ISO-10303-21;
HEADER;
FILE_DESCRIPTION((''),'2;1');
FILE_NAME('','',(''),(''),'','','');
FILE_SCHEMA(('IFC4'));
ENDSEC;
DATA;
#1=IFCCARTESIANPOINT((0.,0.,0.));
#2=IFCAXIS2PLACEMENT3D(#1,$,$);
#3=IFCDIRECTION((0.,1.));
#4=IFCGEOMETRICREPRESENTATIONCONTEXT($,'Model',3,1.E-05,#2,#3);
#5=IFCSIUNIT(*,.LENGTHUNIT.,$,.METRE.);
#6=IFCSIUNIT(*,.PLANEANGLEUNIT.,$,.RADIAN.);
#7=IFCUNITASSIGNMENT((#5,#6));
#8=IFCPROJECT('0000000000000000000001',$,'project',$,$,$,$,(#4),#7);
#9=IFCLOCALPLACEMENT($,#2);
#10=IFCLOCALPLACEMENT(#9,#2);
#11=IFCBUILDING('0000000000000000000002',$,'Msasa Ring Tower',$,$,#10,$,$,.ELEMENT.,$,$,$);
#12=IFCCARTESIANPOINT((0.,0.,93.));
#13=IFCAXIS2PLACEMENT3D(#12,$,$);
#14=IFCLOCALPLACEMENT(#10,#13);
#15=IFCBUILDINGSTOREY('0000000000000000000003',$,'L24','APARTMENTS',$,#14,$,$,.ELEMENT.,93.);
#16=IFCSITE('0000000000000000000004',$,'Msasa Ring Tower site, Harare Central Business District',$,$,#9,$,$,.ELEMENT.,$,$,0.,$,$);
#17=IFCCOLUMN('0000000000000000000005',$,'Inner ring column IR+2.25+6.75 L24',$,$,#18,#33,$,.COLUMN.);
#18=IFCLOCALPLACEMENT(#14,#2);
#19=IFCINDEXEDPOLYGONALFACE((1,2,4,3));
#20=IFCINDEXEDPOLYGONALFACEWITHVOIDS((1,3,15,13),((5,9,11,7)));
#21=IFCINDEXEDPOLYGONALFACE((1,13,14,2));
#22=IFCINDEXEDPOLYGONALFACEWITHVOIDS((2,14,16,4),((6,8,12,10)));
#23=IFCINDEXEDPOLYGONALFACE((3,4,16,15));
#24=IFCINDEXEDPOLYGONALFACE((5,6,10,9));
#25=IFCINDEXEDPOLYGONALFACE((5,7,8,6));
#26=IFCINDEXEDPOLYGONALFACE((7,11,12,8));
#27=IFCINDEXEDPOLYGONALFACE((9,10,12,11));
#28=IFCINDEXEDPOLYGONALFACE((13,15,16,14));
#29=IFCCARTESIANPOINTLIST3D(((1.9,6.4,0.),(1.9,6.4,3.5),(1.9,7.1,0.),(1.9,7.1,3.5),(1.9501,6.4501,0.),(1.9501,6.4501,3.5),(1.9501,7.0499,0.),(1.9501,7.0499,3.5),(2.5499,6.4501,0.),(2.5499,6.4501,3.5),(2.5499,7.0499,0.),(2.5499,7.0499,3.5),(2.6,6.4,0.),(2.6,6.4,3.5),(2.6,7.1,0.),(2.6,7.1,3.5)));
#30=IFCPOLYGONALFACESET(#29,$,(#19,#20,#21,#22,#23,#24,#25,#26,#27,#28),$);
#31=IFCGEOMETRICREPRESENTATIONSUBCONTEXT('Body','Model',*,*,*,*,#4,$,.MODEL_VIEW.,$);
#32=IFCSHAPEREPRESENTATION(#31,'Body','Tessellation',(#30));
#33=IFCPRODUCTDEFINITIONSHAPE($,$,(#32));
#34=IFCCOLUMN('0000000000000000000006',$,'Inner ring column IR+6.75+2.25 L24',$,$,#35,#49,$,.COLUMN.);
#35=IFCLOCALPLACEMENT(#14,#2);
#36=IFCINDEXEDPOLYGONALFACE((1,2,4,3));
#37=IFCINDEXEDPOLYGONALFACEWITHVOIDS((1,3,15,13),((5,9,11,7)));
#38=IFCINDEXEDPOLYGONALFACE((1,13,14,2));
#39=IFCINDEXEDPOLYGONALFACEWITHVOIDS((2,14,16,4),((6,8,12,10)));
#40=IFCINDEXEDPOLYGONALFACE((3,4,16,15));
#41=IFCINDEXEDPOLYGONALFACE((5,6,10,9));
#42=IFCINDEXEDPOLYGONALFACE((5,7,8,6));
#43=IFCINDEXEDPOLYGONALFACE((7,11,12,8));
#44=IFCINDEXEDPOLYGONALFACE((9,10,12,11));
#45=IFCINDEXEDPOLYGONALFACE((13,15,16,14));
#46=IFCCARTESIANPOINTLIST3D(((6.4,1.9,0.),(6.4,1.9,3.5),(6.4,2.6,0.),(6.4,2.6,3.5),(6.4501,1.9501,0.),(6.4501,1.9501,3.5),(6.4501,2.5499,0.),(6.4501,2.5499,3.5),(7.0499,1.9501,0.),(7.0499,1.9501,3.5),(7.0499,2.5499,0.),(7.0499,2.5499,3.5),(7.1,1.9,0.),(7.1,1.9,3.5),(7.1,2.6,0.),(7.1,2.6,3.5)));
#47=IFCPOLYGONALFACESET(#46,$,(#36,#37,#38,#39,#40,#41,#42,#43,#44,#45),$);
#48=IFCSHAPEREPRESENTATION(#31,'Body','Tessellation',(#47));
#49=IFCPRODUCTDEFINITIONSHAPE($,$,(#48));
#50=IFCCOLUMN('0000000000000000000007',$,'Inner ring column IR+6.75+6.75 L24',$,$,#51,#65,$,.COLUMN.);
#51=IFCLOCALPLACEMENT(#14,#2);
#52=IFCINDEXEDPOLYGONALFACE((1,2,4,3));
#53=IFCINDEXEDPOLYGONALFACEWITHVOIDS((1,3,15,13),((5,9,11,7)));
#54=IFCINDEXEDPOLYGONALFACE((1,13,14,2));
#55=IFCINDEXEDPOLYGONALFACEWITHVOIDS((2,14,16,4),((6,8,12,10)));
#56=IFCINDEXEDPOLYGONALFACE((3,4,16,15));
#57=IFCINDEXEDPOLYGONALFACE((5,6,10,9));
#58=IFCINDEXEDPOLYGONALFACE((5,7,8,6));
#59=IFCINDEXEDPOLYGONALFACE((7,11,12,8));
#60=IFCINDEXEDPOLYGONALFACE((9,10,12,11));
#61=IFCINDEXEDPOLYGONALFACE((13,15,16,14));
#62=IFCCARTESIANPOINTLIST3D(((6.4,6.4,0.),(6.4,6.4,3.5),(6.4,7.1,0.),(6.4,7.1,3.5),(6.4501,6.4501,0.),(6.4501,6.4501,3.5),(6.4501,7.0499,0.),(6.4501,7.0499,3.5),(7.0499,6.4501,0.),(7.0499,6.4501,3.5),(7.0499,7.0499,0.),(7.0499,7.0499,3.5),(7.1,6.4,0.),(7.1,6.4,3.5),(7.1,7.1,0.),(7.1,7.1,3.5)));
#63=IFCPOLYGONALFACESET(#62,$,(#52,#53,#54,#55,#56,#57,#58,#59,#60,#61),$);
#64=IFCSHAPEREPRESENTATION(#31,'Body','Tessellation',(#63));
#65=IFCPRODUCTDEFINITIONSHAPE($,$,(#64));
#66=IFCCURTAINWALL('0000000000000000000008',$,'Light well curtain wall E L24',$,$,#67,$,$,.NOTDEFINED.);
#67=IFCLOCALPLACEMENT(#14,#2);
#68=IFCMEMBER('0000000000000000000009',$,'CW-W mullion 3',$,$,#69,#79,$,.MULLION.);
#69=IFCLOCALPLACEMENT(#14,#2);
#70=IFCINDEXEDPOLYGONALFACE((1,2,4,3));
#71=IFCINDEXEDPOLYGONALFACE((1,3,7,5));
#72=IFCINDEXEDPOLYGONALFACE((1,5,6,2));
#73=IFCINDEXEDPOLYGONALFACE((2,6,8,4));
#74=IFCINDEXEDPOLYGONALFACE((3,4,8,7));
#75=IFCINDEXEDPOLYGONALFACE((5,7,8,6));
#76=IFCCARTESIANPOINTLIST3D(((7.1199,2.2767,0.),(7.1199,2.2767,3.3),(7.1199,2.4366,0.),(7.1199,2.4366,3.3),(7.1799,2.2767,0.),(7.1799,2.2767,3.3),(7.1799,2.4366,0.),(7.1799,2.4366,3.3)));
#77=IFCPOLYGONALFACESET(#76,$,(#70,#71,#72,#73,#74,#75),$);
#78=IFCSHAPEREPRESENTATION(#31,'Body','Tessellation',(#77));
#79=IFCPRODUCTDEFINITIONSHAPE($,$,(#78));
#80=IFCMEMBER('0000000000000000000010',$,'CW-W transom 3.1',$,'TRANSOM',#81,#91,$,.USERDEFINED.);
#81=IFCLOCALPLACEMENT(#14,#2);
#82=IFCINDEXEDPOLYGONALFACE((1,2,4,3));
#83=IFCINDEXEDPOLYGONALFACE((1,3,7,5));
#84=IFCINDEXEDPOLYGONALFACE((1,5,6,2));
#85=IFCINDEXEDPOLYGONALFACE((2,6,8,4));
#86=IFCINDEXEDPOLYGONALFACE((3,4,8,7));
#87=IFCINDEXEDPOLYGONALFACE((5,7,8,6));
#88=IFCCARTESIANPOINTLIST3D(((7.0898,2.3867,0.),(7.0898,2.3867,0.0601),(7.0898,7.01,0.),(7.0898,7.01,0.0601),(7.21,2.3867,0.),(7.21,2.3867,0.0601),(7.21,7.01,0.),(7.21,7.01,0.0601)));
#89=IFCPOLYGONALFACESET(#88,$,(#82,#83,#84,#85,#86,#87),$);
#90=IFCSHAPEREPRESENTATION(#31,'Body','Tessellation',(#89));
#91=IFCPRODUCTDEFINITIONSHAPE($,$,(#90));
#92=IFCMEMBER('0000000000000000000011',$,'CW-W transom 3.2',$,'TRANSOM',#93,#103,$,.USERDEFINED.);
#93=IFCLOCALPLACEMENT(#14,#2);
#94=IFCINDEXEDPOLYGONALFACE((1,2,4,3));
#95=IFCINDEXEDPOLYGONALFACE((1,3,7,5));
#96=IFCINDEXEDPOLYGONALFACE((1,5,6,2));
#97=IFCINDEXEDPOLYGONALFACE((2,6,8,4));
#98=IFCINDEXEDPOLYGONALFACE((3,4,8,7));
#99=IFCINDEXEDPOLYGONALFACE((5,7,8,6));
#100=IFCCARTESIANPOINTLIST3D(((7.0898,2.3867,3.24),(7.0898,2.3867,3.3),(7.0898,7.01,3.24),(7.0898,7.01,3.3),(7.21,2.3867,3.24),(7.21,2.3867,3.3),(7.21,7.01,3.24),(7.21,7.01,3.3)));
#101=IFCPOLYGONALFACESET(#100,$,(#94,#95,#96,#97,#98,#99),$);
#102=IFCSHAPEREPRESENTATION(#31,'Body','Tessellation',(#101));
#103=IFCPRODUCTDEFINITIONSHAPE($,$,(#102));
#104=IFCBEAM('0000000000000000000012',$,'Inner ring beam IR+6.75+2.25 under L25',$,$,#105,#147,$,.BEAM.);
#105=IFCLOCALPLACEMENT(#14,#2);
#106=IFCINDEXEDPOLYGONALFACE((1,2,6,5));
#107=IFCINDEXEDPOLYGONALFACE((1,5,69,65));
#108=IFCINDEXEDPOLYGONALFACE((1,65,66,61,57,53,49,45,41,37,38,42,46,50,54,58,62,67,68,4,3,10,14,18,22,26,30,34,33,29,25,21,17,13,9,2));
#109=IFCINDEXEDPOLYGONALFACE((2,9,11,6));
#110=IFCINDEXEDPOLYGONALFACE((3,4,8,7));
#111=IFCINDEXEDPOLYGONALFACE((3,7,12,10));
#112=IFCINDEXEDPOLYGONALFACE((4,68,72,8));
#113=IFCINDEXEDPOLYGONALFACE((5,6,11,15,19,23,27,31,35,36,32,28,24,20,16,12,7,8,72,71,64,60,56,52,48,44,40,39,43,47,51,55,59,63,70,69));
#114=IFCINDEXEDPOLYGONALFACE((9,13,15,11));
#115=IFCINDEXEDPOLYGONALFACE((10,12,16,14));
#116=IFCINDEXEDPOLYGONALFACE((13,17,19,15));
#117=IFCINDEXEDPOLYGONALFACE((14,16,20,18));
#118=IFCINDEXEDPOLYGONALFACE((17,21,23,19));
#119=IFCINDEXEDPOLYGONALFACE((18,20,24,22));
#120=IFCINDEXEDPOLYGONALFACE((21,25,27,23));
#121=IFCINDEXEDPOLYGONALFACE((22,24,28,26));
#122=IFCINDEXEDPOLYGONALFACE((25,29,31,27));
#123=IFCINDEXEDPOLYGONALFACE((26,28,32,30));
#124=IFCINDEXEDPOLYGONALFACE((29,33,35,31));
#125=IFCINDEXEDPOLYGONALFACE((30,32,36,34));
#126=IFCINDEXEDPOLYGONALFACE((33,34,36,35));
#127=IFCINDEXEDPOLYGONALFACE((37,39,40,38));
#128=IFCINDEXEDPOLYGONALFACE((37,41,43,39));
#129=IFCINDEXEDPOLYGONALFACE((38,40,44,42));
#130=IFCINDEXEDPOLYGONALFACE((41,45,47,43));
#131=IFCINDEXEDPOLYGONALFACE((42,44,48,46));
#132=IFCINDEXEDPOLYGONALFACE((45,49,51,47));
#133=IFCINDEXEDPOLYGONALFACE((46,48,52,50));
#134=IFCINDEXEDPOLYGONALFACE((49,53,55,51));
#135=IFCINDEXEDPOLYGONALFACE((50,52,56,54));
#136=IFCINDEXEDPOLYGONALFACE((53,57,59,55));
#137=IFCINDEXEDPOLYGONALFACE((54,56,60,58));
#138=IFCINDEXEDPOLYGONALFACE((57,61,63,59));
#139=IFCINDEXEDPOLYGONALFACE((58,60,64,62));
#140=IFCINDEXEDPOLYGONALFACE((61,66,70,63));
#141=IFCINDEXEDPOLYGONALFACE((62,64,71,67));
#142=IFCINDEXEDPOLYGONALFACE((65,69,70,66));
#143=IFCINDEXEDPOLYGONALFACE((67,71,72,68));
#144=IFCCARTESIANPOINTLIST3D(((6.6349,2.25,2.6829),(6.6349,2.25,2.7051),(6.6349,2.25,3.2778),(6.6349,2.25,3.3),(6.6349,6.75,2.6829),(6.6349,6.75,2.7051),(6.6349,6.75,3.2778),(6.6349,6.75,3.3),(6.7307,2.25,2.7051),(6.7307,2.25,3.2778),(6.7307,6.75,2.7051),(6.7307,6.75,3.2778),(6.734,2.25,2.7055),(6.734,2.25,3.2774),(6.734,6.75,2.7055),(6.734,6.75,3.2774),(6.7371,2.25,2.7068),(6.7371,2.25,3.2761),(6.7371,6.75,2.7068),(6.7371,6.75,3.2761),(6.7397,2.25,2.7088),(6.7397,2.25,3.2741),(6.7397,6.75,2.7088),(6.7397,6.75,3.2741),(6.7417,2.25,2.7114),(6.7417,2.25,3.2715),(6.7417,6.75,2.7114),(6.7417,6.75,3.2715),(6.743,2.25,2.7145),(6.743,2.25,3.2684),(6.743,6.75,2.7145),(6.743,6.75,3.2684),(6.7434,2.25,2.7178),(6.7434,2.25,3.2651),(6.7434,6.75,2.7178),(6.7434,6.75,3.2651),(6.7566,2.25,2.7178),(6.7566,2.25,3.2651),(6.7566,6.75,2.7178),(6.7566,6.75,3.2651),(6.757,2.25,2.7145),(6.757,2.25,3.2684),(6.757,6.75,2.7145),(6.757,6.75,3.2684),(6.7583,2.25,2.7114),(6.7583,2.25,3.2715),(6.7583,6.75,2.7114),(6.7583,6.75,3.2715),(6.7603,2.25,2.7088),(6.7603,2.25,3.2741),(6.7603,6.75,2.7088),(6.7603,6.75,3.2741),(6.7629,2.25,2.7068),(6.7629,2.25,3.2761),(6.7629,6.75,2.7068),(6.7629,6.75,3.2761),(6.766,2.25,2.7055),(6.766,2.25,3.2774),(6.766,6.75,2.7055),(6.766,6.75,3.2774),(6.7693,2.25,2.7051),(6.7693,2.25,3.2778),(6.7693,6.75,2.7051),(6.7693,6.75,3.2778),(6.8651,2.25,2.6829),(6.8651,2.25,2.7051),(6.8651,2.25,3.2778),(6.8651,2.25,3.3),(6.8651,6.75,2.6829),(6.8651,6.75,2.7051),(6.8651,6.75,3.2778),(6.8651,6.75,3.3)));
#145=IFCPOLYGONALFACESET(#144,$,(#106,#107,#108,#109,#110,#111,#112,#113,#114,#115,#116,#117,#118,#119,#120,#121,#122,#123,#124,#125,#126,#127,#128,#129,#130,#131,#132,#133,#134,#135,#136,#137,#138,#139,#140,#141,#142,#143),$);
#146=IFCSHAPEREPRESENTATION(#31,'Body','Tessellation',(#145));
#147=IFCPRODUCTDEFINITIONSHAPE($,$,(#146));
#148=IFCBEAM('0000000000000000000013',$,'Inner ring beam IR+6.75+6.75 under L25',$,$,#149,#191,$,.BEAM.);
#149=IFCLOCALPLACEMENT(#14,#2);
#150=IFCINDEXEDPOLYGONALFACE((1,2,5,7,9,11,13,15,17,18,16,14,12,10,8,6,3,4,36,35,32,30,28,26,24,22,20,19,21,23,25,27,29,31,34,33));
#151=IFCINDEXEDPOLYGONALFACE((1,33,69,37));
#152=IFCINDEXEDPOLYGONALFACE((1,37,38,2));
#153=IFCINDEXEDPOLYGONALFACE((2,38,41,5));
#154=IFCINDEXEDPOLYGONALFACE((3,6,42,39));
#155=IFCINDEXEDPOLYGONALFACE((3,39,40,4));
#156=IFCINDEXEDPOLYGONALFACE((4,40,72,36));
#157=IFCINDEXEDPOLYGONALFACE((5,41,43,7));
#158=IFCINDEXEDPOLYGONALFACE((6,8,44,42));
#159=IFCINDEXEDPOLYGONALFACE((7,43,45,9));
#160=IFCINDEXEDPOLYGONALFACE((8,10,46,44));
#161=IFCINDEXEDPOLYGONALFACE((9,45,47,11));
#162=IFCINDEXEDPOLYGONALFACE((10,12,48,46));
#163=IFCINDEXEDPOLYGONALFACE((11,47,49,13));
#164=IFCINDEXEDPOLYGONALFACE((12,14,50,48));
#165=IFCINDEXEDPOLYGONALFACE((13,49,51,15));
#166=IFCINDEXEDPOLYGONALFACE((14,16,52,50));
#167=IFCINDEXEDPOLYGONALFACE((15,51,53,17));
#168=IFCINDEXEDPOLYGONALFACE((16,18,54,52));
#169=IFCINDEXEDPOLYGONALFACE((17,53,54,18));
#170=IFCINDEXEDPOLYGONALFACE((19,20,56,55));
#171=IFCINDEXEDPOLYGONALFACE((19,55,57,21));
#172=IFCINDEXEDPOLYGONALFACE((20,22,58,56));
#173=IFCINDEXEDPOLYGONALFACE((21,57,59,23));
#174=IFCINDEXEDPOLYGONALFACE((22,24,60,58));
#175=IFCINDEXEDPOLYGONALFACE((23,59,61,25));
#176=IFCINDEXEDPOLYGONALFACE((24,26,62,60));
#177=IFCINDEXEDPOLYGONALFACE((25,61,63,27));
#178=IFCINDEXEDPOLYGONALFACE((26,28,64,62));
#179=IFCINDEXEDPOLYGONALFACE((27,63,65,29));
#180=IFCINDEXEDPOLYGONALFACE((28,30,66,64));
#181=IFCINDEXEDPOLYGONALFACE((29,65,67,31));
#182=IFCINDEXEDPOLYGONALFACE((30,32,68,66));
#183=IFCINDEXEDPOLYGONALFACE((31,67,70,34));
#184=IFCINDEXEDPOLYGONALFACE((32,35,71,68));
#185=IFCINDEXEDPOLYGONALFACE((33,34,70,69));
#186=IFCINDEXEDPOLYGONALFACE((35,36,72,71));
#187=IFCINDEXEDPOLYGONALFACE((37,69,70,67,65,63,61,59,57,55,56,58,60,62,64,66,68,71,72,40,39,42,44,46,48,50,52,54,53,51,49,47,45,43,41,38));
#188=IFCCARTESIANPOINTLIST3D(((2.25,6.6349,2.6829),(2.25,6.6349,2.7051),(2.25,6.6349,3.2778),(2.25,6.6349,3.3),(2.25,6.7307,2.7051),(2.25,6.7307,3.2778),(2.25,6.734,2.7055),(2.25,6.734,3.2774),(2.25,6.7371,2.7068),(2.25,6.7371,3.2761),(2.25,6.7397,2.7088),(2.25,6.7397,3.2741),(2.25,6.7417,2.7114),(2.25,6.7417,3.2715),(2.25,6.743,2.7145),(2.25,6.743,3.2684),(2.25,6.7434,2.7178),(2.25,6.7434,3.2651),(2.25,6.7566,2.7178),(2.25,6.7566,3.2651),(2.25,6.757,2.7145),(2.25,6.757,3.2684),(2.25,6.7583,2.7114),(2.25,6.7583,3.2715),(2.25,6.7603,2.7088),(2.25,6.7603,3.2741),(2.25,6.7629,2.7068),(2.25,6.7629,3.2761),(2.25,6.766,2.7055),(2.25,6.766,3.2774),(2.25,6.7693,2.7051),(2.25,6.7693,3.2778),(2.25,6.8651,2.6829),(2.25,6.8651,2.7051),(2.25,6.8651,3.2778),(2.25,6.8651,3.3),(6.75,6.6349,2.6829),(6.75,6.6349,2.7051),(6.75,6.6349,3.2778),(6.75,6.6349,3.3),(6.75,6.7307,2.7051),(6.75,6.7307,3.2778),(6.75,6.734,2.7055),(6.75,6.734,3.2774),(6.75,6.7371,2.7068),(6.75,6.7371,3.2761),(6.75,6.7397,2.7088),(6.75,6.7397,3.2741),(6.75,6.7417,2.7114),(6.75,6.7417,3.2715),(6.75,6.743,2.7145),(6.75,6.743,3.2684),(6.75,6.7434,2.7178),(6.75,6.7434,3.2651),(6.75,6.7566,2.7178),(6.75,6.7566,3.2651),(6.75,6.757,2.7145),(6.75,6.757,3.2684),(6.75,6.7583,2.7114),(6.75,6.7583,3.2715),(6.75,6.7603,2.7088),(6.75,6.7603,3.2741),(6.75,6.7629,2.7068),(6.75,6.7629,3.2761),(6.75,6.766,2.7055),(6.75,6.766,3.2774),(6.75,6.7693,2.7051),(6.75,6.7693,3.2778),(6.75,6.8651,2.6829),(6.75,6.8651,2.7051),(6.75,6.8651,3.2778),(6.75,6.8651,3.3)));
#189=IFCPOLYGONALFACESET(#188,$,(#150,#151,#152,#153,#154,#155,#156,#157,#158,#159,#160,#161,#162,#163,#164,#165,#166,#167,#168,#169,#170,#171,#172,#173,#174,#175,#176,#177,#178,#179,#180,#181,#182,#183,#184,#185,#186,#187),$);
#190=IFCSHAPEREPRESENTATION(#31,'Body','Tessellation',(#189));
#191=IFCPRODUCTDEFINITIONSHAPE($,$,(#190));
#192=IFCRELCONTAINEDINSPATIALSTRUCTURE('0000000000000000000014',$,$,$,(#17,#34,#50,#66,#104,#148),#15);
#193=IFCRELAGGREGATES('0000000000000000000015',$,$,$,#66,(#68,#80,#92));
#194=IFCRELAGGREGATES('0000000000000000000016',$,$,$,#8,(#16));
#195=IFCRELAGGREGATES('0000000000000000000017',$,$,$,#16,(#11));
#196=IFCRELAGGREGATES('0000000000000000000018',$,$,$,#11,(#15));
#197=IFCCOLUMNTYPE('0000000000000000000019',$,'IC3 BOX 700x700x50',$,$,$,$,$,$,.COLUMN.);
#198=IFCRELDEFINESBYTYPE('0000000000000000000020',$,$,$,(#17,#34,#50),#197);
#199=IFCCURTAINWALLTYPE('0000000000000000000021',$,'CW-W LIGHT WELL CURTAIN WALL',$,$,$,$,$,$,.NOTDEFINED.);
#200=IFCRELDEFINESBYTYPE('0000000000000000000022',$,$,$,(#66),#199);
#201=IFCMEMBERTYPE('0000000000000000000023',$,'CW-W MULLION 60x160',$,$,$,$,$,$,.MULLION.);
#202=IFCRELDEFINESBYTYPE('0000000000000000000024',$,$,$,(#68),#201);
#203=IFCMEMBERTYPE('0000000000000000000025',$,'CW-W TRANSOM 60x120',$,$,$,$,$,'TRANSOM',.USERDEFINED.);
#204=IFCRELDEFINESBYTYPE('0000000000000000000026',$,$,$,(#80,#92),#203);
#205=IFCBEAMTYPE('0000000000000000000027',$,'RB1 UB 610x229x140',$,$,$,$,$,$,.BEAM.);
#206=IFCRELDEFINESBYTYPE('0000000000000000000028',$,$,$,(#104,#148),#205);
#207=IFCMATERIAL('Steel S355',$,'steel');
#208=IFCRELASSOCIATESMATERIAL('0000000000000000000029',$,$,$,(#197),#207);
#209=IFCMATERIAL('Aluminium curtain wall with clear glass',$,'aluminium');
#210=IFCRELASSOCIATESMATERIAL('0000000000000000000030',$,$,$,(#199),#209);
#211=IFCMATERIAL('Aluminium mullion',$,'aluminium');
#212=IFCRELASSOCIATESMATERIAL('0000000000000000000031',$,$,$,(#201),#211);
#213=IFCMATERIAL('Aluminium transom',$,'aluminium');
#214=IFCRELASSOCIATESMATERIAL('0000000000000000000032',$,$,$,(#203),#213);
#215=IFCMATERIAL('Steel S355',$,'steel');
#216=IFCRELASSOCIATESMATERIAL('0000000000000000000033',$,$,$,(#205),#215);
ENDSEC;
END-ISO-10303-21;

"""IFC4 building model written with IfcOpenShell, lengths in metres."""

from ifc_helpers import new_model, si_unit, direction, frame, origin, origin_2d, place, context, subcontext, project, spatial, rectangle, hollow_rectangle, i_section, extrude, material, material_profile, profile_set, type_object, element, aggregate, save


model = new_model("IFC4")

# Units and contexts
model_context = context("Model", 3, precision=1e-05, world=origin(), true_north=direction((0.0, 1.0)))
body_context = subcontext(model_context, "Body", "Model", "MODEL_VIEW")
ifc_project = project(units=[si_unit("LENGTHUNIT", "METRE"), si_unit("PLANEANGLEUNIT", "RADIAN")], contexts=[model_context])

# Site, building, storey
site_placement = place(None, origin())
site = spatial("IfcSite", under=ifc_project, at=site_placement, Name="Msasa Ring Tower site, Harare Central Business District", CompositionType="ELEMENT", RefElevation=0.0)
building_placement = place(site_placement, origin())
building = spatial("IfcBuilding", under=site, at=building_placement, Name="Msasa Ring Tower", CompositionType="ELEMENT")
storey_placement = place(building_placement, frame((0.0, 0.0, 93.0)))
storey = spatial("IfcBuildingStorey", under=building, at=storey_placement, Name="L24", Description="APARTMENTS", CompositionType="ELEMENT", Elevation=93.0)

# Columns
ifc_material_1 = material(Name="Steel S355", Category="steel")
ifc_material_profile_1 = material_profile(ifc_material_1, hollow_rectangle(XDim=0.7, YDim=0.7, WallThickness=0.05, at=origin_2d()), Name="BOX 700x700x50")
ifc_profile_set_1 = profile_set([ifc_material_profile_1], Name="Steel S355")
column_type = type_object("IfcColumnType", Name="IC3 BOX 700x700x50", PredefinedType="COLUMN", material=ifc_profile_set_1)
for number, where, z_axis, x_axis, name in (
    (1, (2.25, 6.75, 0.0), (0.0, 0.0, 1.0), (1.0, 0.0, 0.0), "Inner ring column IR+2.25+6.75 L24"),
    (2, (6.75, 2.25, 0.0), (0.0, 0.0, 1.0), (1.0, 0.0, 0.0), "Inner ring column IR+6.75+2.25 L24"),
    (3, (6.75, 6.75, 0.0), (0.0, 0.0, 1.0), (1.0, 0.0, 0.0), "Inner ring column IR+6.75+6.75 L24"),
):
    element("IfcColumn", number, at=place(storey_placement, frame(where, z_axis=z_axis, x_axis=x_axis)), inside=storey, type_object=column_type, Name=name, PredefinedType="COLUMN", context=body_context, shape_type="SweptSolid", body=[
        extrude(hollow_rectangle(XDim=0.7, YDim=0.7, WallThickness=0.05, at=origin_2d()), origin(), (0.0, 0.0, 1.0), 3.5),
    ])

# Curtain wall, members
ifc_material_2 = material(Name="Aluminium curtain wall with clear glass", Category="aluminium")
curtain_wall_type = type_object("IfcCurtainWallType", Name="CW-W LIGHT WELL CURTAIN WALL", PredefinedType="NOTDEFINED", material=ifc_material_2)
curtain_wall_placement = place(storey_placement, origin())
curtain_wall = element("IfcCurtainWall", 4, at=curtain_wall_placement, inside=storey, type_object=curtain_wall_type, Name="Light well curtain wall E L24", PredefinedType="NOTDEFINED")
ifc_material_3 = material(Name="Aluminium mullion", Category="aluminium")
ifc_material_profile_2 = material_profile(ifc_material_3, rectangle(XDim=0.0601, YDim=0.1599, at=origin_2d()), Name="AL 60x160")
ifc_profile_set_2 = profile_set([ifc_material_profile_2], Name="Aluminium mullion")
member_type_1 = type_object("IfcMemberType", Name="CW-W MULLION 60x160", PredefinedType="MULLION", material=ifc_profile_set_2)
member_1_placement = place(storey_placement, frame((7.1499, 2.3567, 0.0), z_axis=(0.0, 0.0, 1.0), x_axis=(-1.0, 0.0, 0.0)))
member_1 = element("IfcMember", 5, at=member_1_placement, type_object=member_type_1, Name="CW-W mullion 3", PredefinedType="MULLION", context=body_context, shape_type="SweptSolid", body=[
    extrude(rectangle(XDim=0.0601, YDim=0.1599, at=origin_2d()), origin(), (0.0, 0.0, 1.0), 3.3),
])
ifc_material_4 = material(Name="Aluminium transom", Category="aluminium")
ifc_material_profile_3 = material_profile(ifc_material_4, rectangle(XDim=0.1201, YDim=0.0601, at=origin_2d()), Name="AL 60x120")
ifc_profile_set_3 = profile_set([ifc_material_profile_3], Name="Aluminium transom")
member_type_2 = type_object("IfcMemberType", Name="CW-W TRANSOM 60x120", ElementType="TRANSOM", PredefinedType="USERDEFINED", material=ifc_profile_set_3)
member_2_placement = place(storey_placement, frame((7.1499, 2.3867, 0.03), z_axis=(0.0, 1.0, 0.0), x_axis=(-1.0, 0.0, 0.0)))
member_2 = element("IfcMember", 6, at=member_2_placement, type_object=member_type_2, Name="CW-W transom 3.1", ObjectType="TRANSOM", PredefinedType="USERDEFINED", context=body_context, shape_type="SweptSolid", body=[
    extrude(rectangle(XDim=0.1201, YDim=0.0601, at=origin_2d()), origin(), (0.0, 0.0, 1.0), 4.6233),
])
member_3_placement = place(storey_placement, frame((7.1499, 2.3867, 3.27), z_axis=(0.0, 1.0, 0.0), x_axis=(-1.0, 0.0, 0.0)))
member_3 = element("IfcMember", 7, at=member_3_placement, type_object=member_type_2, Name="CW-W transom 3.2", ObjectType="TRANSOM", PredefinedType="USERDEFINED", context=body_context, shape_type="SweptSolid", body=[
    extrude(rectangle(XDim=0.1201, YDim=0.0601, at=origin_2d()), origin(), (0.0, 0.0, 1.0), 4.6233),
])

# Beams
ifc_material_5 = material(Name="Steel S355", Category="steel")
ifc_material_profile_4 = material_profile(ifc_material_5, i_section(OverallWidth=0.2302, OverallDepth=0.6172, WebThickness=0.0132, FlangeThickness=0.0222, FilletRadius=0.0127, at=origin_2d()), Name="UB 610x229x140")
ifc_profile_set_4 = profile_set([ifc_material_profile_4], Name="Steel S355")
beam_type = type_object("IfcBeamType", Name="RB1 UB 610x229x140", PredefinedType="BEAM", material=ifc_profile_set_4)
for number, where, z_axis, x_axis, name in (
    (8, (6.75, 2.25, 2.9915), (0.0, 1.0, 0.0), (-1.0, 0.0, 0.0), "Inner ring beam IR+6.75+2.25 under L25"),
    (9, (6.75, 6.75, 2.9915), (-1.0, 0.0, 0.0), (0.0, -1.0, 0.0), "Inner ring beam IR+6.75+6.75 under L25"),
):
    element("IfcBeam", number, at=place(storey_placement, frame(where, z_axis=z_axis, x_axis=x_axis)), inside=storey, type_object=beam_type, Name=name, PredefinedType="BEAM", context=body_context, shape_type="SweptSolid", body=[
        extrude(i_section(OverallWidth=0.2302, OverallDepth=0.6172, WebThickness=0.0132, FlangeThickness=0.0222, FilletRadius=0.0127, at=origin_2d()), origin(), (0.0, 0.0, 1.0), 4.5),
    ])

aggregate(curtain_wall, [member_1, member_2, member_3])

save(model, "model.ifc")
